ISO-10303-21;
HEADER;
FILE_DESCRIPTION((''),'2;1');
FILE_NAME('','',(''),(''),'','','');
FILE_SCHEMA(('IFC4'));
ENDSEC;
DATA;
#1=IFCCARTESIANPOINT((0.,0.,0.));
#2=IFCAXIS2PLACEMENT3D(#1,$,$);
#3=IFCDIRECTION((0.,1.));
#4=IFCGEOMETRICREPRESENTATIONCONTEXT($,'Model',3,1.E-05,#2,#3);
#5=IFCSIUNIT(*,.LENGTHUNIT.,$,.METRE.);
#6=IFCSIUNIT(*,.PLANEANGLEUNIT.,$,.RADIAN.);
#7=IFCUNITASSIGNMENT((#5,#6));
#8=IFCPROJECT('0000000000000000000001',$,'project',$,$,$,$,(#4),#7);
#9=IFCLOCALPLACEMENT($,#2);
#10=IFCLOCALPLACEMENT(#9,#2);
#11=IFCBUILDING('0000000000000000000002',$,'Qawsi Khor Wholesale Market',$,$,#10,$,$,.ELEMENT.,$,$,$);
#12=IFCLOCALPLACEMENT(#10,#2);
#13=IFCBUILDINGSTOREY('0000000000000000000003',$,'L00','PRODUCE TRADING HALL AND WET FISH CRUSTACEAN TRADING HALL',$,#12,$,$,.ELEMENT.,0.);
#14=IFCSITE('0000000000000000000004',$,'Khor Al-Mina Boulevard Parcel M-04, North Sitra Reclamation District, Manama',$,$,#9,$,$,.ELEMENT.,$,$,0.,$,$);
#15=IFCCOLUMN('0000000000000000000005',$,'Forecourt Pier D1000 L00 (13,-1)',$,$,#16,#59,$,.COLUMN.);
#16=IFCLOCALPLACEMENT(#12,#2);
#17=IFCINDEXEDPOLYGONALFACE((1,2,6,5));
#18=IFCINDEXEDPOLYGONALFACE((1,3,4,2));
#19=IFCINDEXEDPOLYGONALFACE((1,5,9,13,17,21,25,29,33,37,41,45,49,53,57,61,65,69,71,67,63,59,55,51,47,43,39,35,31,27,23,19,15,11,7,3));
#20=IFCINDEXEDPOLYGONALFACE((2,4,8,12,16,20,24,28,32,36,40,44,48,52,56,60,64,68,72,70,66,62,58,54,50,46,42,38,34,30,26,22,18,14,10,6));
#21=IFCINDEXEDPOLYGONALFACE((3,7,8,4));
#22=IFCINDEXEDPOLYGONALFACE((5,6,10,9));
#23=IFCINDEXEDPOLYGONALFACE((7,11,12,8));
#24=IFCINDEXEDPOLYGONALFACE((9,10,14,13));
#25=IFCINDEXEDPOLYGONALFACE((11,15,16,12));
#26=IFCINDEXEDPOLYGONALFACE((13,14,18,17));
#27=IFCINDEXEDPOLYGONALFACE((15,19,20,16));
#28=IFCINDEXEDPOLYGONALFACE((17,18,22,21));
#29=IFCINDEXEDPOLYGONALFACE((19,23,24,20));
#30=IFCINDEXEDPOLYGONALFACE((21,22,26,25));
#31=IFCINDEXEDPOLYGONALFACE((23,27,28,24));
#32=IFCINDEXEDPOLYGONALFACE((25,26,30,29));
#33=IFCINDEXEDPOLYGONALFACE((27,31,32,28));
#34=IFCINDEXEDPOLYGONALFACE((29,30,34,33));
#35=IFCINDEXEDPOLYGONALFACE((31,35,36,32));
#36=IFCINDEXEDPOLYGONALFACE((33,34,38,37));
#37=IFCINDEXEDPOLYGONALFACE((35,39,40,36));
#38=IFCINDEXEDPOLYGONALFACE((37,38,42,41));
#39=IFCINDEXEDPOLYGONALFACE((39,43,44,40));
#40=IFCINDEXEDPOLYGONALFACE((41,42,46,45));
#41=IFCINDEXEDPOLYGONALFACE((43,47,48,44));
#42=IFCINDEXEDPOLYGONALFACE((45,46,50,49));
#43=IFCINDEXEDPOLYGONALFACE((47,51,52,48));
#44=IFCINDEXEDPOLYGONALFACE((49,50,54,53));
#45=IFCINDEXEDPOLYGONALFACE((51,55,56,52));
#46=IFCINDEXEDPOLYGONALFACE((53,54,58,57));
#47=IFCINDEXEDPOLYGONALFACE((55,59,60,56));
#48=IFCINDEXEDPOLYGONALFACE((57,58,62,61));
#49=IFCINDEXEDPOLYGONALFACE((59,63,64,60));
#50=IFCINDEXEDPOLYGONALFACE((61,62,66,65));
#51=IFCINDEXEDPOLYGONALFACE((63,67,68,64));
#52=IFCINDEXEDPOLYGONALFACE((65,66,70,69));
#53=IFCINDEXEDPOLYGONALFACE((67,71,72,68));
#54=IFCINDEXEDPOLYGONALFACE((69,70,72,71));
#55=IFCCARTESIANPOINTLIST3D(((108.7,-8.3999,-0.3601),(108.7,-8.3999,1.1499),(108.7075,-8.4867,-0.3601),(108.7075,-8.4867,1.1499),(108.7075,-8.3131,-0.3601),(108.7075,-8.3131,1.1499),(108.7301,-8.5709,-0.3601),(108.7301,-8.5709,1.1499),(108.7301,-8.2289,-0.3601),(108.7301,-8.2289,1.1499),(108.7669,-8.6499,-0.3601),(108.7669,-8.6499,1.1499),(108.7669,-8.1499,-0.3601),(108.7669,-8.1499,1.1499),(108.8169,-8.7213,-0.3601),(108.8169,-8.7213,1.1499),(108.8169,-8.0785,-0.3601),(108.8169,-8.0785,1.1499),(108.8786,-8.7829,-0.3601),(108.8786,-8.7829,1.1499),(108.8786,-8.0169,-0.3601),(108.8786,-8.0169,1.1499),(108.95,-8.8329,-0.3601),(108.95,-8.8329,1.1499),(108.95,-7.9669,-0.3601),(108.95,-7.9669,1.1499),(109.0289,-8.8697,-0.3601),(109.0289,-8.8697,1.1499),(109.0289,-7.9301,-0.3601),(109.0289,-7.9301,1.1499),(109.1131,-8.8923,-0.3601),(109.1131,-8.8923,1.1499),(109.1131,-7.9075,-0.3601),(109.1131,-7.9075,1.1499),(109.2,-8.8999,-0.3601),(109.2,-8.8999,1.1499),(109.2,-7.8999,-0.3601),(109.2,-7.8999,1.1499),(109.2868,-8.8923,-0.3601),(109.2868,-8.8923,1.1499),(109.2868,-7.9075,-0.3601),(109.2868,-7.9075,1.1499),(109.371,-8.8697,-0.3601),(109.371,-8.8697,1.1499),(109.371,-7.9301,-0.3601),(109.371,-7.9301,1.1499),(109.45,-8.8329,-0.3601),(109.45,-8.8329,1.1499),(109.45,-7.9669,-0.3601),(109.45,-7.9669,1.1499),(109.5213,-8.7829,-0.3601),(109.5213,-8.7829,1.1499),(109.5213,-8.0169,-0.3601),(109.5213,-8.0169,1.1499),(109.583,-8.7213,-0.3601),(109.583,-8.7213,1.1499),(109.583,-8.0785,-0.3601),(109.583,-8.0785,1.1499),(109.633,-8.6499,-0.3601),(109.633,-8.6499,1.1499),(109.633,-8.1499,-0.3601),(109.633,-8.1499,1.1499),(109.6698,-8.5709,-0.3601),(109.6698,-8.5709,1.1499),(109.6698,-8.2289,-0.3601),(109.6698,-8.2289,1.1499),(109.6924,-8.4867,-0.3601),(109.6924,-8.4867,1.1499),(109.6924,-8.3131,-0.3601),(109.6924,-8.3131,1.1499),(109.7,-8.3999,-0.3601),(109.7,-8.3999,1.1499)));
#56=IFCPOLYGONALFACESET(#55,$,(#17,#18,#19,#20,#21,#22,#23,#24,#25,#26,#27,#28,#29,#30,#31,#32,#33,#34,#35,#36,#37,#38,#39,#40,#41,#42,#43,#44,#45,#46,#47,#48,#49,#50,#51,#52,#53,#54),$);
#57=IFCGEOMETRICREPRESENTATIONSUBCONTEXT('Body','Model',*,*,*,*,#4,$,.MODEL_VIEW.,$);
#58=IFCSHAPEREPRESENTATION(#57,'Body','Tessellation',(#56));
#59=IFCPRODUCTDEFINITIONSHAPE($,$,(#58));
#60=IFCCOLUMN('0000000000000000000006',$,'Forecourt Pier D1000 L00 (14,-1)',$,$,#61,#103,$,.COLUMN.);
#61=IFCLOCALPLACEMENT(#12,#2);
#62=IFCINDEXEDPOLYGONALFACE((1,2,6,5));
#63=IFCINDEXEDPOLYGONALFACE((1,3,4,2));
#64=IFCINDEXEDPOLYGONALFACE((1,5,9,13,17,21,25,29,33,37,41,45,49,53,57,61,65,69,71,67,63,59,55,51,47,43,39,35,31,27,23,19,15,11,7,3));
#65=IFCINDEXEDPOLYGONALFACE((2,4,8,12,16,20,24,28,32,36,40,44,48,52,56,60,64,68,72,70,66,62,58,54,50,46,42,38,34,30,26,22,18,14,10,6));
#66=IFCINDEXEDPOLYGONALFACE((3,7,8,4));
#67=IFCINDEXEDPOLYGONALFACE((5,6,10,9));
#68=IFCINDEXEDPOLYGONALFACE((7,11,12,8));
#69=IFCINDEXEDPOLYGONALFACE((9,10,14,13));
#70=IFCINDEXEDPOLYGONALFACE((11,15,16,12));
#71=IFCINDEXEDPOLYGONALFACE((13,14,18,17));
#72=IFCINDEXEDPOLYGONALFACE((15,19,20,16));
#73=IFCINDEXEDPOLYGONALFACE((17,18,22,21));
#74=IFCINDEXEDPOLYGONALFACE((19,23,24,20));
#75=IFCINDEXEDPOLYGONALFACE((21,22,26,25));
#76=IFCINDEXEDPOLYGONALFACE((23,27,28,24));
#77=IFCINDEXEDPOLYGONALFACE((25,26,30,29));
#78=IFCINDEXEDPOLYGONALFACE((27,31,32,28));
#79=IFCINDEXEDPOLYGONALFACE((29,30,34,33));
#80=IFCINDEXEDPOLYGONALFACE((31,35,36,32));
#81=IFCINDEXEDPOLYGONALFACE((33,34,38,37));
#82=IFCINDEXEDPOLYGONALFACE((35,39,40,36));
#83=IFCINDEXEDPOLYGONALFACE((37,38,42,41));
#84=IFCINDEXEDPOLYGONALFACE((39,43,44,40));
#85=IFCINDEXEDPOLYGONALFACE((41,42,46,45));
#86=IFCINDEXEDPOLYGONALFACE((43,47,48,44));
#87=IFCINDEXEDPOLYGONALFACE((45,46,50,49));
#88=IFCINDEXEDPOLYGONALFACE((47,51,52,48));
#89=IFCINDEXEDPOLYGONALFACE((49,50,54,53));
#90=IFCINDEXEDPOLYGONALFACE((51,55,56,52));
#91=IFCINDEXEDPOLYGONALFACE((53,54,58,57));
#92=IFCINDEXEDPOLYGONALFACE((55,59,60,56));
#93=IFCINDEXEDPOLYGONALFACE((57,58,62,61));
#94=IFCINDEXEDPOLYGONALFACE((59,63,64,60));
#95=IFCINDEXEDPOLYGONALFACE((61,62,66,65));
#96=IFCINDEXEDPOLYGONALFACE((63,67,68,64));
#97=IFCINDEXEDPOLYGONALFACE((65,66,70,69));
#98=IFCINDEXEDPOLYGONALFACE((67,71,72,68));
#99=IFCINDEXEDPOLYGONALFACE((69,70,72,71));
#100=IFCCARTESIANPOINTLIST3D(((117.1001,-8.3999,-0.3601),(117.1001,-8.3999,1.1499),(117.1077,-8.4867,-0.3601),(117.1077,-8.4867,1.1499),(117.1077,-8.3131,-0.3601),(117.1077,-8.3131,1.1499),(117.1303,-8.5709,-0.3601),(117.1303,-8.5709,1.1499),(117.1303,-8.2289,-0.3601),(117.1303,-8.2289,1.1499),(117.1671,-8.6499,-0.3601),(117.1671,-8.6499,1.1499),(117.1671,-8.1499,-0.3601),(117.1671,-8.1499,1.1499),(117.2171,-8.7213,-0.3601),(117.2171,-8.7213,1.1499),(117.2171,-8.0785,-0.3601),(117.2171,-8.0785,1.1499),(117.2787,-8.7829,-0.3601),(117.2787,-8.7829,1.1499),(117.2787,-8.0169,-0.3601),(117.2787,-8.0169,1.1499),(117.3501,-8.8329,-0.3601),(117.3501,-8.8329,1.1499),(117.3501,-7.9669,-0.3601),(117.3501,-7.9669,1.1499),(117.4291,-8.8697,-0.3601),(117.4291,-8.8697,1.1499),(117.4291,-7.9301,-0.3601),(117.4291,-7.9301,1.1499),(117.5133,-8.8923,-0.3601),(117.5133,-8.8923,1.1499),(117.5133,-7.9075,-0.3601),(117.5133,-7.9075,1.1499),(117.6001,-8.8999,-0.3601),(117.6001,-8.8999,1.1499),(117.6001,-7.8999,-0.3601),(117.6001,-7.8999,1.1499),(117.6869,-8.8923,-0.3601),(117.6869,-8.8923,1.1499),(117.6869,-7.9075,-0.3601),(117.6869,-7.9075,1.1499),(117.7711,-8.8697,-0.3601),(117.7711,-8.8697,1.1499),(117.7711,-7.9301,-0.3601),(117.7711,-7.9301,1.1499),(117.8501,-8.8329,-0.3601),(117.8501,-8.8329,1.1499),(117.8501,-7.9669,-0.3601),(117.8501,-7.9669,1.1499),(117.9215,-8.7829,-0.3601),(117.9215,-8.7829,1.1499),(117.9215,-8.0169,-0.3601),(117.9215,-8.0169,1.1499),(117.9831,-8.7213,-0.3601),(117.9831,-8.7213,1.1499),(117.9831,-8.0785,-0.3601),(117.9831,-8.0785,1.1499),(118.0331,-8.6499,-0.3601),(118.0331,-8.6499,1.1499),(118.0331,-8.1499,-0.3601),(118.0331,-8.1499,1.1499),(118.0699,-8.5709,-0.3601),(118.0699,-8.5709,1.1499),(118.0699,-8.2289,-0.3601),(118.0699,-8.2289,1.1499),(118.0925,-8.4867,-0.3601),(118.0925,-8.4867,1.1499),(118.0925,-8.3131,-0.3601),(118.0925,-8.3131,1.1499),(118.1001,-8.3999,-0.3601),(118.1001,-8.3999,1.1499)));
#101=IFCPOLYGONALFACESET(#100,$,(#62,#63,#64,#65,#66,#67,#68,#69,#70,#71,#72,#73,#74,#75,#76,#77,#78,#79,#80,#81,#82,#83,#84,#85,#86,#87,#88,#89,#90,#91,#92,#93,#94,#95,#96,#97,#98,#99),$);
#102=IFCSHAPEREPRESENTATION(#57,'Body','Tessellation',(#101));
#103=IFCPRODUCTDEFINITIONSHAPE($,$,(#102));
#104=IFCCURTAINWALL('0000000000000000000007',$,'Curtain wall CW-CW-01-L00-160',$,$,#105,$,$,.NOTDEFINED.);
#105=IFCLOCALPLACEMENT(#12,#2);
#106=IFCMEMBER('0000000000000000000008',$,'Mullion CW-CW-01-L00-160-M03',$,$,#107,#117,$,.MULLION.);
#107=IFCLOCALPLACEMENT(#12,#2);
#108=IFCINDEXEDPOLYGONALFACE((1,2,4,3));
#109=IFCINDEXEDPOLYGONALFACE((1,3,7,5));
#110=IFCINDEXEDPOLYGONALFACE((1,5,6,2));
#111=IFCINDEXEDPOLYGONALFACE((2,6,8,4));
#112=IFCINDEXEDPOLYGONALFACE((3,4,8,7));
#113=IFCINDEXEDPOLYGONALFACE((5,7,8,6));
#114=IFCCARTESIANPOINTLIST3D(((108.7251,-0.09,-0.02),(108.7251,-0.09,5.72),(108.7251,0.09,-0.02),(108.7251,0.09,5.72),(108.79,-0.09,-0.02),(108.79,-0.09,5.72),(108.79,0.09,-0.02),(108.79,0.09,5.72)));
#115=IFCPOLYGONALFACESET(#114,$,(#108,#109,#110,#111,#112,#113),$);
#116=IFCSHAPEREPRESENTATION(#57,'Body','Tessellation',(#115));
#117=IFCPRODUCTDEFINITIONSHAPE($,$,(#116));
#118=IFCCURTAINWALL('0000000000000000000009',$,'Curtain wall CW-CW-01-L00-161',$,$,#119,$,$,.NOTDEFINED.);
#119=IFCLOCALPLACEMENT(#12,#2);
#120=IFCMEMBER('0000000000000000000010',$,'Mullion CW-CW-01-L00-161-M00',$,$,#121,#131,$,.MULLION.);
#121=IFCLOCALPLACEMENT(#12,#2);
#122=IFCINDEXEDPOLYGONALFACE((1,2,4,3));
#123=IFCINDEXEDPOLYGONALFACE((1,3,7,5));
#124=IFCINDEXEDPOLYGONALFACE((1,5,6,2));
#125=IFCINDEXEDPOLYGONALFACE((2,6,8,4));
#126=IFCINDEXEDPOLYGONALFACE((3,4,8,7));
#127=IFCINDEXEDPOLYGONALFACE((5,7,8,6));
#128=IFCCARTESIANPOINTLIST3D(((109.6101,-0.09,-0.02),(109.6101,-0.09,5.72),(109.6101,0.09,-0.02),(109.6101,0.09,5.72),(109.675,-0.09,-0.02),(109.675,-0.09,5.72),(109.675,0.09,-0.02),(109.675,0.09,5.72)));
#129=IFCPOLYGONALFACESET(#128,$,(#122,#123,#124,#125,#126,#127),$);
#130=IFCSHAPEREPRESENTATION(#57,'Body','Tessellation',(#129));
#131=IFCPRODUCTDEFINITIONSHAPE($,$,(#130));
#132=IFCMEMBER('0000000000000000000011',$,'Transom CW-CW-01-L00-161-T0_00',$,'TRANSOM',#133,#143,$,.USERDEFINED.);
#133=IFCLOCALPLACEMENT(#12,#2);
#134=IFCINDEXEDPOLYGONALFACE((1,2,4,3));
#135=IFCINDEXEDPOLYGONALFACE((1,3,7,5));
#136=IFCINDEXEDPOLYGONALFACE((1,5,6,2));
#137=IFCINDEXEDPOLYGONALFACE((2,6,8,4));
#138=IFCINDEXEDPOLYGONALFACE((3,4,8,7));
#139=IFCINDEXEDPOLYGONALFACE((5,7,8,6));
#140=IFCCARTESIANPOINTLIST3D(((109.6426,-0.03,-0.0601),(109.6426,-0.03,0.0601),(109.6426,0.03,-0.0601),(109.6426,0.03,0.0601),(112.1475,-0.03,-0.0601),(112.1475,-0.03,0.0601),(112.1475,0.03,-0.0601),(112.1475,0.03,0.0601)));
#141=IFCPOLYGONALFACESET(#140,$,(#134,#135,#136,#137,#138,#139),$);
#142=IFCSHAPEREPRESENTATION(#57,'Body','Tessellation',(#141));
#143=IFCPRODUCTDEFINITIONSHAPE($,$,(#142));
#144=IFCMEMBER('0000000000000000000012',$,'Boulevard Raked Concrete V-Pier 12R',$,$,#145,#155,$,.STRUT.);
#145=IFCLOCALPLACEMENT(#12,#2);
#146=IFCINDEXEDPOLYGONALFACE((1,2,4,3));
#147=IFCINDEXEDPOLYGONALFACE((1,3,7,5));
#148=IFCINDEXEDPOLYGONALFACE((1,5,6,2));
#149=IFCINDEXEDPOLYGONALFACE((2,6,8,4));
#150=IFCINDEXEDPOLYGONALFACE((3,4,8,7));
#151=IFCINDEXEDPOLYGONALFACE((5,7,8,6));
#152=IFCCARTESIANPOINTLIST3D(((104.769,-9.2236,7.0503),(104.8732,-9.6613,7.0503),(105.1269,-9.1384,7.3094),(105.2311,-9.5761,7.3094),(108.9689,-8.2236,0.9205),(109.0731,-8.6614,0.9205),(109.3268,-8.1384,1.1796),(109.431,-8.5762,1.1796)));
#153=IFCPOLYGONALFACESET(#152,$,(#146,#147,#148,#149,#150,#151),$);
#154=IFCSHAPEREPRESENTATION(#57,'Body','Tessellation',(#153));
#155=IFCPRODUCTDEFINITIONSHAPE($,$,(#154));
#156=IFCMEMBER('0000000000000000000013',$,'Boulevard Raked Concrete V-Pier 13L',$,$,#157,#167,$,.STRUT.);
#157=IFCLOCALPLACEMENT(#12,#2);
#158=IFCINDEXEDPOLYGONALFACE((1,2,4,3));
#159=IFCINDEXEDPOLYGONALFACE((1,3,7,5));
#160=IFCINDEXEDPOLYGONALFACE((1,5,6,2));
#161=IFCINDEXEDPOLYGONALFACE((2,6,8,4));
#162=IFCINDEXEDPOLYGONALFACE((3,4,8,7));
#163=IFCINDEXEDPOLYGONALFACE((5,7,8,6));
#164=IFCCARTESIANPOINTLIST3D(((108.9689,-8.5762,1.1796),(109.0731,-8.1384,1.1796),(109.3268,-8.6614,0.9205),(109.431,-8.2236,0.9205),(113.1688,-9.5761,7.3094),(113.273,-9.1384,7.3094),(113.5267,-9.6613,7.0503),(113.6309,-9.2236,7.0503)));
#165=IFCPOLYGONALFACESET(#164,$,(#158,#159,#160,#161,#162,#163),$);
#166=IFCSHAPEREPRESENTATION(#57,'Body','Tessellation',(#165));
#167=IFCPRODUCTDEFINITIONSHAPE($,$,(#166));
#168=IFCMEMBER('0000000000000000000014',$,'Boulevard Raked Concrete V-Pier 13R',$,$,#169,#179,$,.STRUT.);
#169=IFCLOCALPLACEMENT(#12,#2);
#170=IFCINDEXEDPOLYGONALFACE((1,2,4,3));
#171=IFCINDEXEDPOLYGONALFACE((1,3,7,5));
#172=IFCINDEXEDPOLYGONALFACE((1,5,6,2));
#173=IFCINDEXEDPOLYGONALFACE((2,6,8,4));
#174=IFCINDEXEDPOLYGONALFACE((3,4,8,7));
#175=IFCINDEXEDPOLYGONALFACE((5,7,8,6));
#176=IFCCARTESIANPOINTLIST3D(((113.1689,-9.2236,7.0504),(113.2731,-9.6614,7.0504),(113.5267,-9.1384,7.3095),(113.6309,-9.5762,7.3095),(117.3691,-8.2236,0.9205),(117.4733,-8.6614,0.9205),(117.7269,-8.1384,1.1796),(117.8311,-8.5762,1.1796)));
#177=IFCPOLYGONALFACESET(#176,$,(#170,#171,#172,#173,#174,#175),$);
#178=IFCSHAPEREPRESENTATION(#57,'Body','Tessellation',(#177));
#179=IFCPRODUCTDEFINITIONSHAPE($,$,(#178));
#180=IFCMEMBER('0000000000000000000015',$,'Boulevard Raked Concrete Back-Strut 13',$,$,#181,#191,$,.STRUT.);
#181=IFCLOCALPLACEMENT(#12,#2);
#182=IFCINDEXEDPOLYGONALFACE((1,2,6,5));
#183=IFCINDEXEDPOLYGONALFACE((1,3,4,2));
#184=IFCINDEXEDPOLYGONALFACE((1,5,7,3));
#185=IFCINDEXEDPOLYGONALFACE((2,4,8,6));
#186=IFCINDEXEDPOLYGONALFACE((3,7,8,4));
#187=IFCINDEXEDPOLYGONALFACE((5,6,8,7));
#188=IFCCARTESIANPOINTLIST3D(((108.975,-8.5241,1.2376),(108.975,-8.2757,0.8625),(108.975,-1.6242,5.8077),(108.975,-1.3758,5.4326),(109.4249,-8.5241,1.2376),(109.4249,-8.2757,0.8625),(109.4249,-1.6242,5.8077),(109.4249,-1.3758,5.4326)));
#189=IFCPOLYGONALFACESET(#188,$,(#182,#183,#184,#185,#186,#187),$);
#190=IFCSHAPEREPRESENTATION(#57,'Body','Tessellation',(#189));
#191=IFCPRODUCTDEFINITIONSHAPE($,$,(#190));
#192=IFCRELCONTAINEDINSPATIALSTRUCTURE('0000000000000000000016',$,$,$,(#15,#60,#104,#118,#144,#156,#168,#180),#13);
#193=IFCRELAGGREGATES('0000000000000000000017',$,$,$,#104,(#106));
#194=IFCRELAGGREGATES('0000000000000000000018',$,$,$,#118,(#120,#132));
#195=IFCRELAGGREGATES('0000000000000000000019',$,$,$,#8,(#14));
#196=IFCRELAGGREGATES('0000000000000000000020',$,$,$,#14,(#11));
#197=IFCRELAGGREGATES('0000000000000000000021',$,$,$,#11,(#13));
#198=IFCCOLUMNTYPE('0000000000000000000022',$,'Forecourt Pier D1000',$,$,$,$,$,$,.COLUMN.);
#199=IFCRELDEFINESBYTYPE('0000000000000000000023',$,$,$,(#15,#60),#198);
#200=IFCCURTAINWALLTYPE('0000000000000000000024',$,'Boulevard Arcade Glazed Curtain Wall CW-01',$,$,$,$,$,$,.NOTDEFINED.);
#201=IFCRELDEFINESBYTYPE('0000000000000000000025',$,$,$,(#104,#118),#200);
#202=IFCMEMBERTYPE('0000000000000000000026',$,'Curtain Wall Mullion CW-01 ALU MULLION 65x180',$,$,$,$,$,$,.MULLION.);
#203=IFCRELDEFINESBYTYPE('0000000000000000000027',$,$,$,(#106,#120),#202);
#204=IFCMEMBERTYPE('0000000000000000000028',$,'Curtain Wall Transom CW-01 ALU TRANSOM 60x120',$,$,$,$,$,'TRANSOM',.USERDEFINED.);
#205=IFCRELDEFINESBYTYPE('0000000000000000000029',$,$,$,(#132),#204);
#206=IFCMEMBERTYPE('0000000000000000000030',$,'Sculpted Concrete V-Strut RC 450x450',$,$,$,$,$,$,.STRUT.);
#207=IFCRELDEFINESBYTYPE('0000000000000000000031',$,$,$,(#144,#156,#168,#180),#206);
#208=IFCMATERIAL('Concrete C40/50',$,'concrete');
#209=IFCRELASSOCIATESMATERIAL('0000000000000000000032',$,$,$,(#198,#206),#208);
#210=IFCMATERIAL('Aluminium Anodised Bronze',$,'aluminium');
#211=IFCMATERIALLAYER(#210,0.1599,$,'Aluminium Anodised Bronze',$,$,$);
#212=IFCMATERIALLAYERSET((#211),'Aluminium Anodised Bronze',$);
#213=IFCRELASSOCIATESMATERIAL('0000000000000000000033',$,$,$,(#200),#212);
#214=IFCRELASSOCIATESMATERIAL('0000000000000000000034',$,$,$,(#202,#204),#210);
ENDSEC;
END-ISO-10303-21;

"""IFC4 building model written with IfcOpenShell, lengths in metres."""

from ifc_helpers import new_model, si_unit, direction, frame, origin, origin_2d, place, context, subcontext, project, spatial, rectangle, circle, extrude, material, layer, layer_set, material_profile, profile_set, type_object, element, aggregate, save


model = new_model("IFC4")

# Units and contexts
model_context = context("Model", 3, precision=1e-05, world=origin(), true_north=direction((0.0, 1.0)))
body_context = subcontext(model_context, "Body", "Model", "MODEL_VIEW")
ifc_project = project(units=[si_unit("LENGTHUNIT", "METRE"), si_unit("PLANEANGLEUNIT", "RADIAN")], contexts=[model_context])

# Site, building, storey
site_placement = place(None, origin())
site = spatial("IfcSite", under=ifc_project, at=site_placement, Name="Khor Al-Mina Boulevard Parcel M-04, North Sitra Reclamation District, Manama", CompositionType="ELEMENT", RefElevation=0.0)
building_placement = place(site_placement, origin())
building = spatial("IfcBuilding", under=site, at=building_placement, Name="Qawsi Khor Wholesale Market", CompositionType="ELEMENT")
storey_placement = place(building_placement, origin())
storey = spatial("IfcBuildingStorey", under=building, at=storey_placement, Name="L00", Description="PRODUCE TRADING HALL AND WET FISH CRUSTACEAN TRADING HALL", CompositionType="ELEMENT", Elevation=0.0)

# Columns
ifc_material_1 = material(Name="Concrete C40/50", Category="concrete")
ifc_material_profile_1 = material_profile(ifc_material_1, circle(Radius=0.5, at=origin_2d()), Name="RC COL D1000")
ifc_profile_set_1 = profile_set([ifc_material_profile_1], Name="Concrete C40/50")
column_type_1 = type_object("IfcColumnType", Name="Forecourt Pier D1000", PredefinedType="COLUMN", material=ifc_profile_set_1)
for number, where, z_axis, x_axis, name in (
    (1, (109.2, -8.3999, -0.3601), (0.0, 0.0, 1.0), (1.0, 0.0, 0.0), "Forecourt Pier D1000 L00 (13,-1)"),
    (2, (117.6001, -8.3999, -0.3601), (0.0, 0.0, 1.0), (1.0, 0.0, 0.0), "Forecourt Pier D1000 L00 (14,-1)"),
):
    element("IfcColumn", number, at=place(storey_placement, frame(where, z_axis=z_axis, x_axis=x_axis)), inside=storey, type_object=column_type_1, Name=name, PredefinedType="COLUMN", context=body_context, shape_type="SweptSolid", body=[
        extrude(circle(Radius=0.5, at=origin_2d()), origin(), (0.0, 0.0, 1.0), 1.51),
    ])

# Curtain wall, member
ifc_material_2 = material(Name="Aluminium Anodised Bronze", Category="aluminium")
ifc_layer_1 = layer(ifc_material_2, 0.1599, Name="Aluminium Anodised Bronze")
ifc_layer_set_1 = layer_set([ifc_layer_1], Name="Aluminium Anodised Bronze")
curtain_wall_type = type_object("IfcCurtainWallType", Name="Boulevard Arcade Glazed Curtain Wall CW-01", PredefinedType="NOTDEFINED", material=ifc_layer_set_1)
curtain_wall_1_placement = place(storey_placement, origin())
curtain_wall_1 = element("IfcCurtainWall", 3, at=curtain_wall_1_placement, inside=storey, type_object=curtain_wall_type, Name="Curtain wall CW-CW-01-L00-160", PredefinedType="NOTDEFINED")
ifc_material_profile_2 = material_profile(ifc_material_2, rectangle(XDim=0.0649, YDim=0.1799, at=origin_2d()), Name="ALU MULLION 65x180")
ifc_profile_set_2 = profile_set([ifc_material_profile_2], Name="Aluminium Anodised Bronze")
member_type_1 = type_object("IfcMemberType", Name="Curtain Wall Mullion CW-01 ALU MULLION 65x180", PredefinedType="MULLION", material=ifc_profile_set_2)
member_1_placement = place(storey_placement, frame((108.7576, 0.0, -0.02), z_axis=(0.0, 0.0, 1.0), x_axis=(1.0, 0.0, 0.0)))
member_1 = element("IfcMember", 4, at=member_1_placement, type_object=member_type_1, Name="Mullion CW-CW-01-L00-160-M03", PredefinedType="MULLION", context=body_context, shape_type="SweptSolid", body=[
    extrude(rectangle(XDim=0.0649, YDim=0.1799, at=origin_2d()), origin(), (0.0, 0.0, 1.0), 5.74),
])
aggregate(curtain_wall_1, [member_1])

# Curtain wall, members
curtain_wall_2_placement = place(storey_placement, origin())
curtain_wall_2 = element("IfcCurtainWall", 5, at=curtain_wall_2_placement, inside=storey, type_object=curtain_wall_type, Name="Curtain wall CW-CW-01-L00-161", PredefinedType="NOTDEFINED")
member_2_placement = place(storey_placement, frame((109.6426, 0.0, -0.02), z_axis=(0.0, 0.0, 1.0), x_axis=(1.0, 0.0, 0.0)))
member_2 = element("IfcMember", 6, at=member_2_placement, type_object=member_type_1, Name="Mullion CW-CW-01-L00-161-M00", PredefinedType="MULLION", context=body_context, shape_type="SweptSolid", body=[
    extrude(rectangle(XDim=0.0649, YDim=0.1799, at=origin_2d()), origin(), (0.0, 0.0, 1.0), 5.74),
])
ifc_material_profile_3 = material_profile(ifc_material_2, rectangle(XDim=0.0601, YDim=0.1201, at=origin_2d()), Name="ALU TRANSOM 60x120")
ifc_profile_set_3 = profile_set([ifc_material_profile_3], Name="Aluminium Anodised Bronze")
member_type_2 = type_object("IfcMemberType", Name="Curtain Wall Transom CW-01 ALU TRANSOM 60x120", ElementType="TRANSOM", PredefinedType="USERDEFINED", material=ifc_profile_set_3)
member_3_placement = place(storey_placement, frame((109.6426, 0.0, 0.0), z_axis=(1.0, 0.0, 0.0), x_axis=(0.0, 1.0, 0.0)))
member_3 = element("IfcMember", 7, at=member_3_placement, type_object=member_type_2, Name="Transom CW-CW-01-L00-161-T0_00", ObjectType="TRANSOM", PredefinedType="USERDEFINED", context=body_context, shape_type="SweptSolid", body=[
    extrude(rectangle(XDim=0.0601, YDim=0.1201, at=origin_2d()), origin(), (0.0, 0.0, 1.0), 2.5049),
])
aggregate(curtain_wall_2, [member_2, member_3])

# Members
ifc_material_profile_4 = material_profile(ifc_material_1, rectangle(XDim=0.45, YDim=0.45, at=origin_2d()), Name="RC 450x450")
ifc_profile_set_4 = profile_set([ifc_material_profile_4], Name="Concrete C40/50")
member_type_3 = type_object("IfcMemberType", Name="Sculpted Concrete V-Strut RC 450x450", PredefinedType="STRUT", material=ifc_profile_set_4)
for number, where, z_axis, x_axis, name in (
    (8, (109.2, -8.3999, 1.05), (-0.560168, -0.133375, 0.817572), (0.231623, -0.972806, 0.0), "Boulevard Raked Concrete V-Pier 12R"),
    (9, (109.2, -8.3999, 1.05), (0.560168, -0.133375, 0.817572), (0.231623, 0.972806, 0.0), "Boulevard Raked Concrete V-Pier 13L"),
):
    element("IfcMember", number, at=place(storey_placement, frame(where, z_axis=z_axis, x_axis=x_axis)), inside=storey, type_object=member_type_3, Name=name, PredefinedType="STRUT", context=body_context, shape_type="SweptSolid", body=[
        extrude(rectangle(XDim=0.45, YDim=0.45, at=origin_2d()), origin(), (0.0, 0.0, 1.0), 7.4976),
    ])
member_4_placement = place(storey_placement, frame((117.6001, -8.3999, 1.05), z_axis=(-0.56019, -0.133372, 0.817557), x_axis=(0.23161, -0.972809, 0.0)))
element("IfcMember", 10, at=member_4_placement, inside=storey, type_object=member_type_3, Name="Boulevard Raked Concrete V-Pier 13R", PredefinedType="STRUT", context=body_context, shape_type="SweptSolid", body=[
    extrude(rectangle(XDim=0.45, YDim=0.45, at=origin_2d()), origin(), (0.0, 0.0, 1.0), 7.4978),
])
member_5_placement = place(storey_placement, frame((109.2, -8.3999, 1.05), z_axis=(0.0, 0.833712, 0.552199), x_axis=(-1.0, 0.0, 0.0)))
element("IfcMember", 11, at=member_5_placement, inside=storey, type_object=member_type_3, Name="Boulevard Raked Concrete Back-Strut 13", PredefinedType="STRUT", context=body_context, shape_type="SweptSolid", body=[
    extrude(rectangle(XDim=0.45, YDim=0.45, at=origin_2d()), origin(), (0.0, 0.0, 1.0), 8.2761),
])

save(model, "model.ifc")
